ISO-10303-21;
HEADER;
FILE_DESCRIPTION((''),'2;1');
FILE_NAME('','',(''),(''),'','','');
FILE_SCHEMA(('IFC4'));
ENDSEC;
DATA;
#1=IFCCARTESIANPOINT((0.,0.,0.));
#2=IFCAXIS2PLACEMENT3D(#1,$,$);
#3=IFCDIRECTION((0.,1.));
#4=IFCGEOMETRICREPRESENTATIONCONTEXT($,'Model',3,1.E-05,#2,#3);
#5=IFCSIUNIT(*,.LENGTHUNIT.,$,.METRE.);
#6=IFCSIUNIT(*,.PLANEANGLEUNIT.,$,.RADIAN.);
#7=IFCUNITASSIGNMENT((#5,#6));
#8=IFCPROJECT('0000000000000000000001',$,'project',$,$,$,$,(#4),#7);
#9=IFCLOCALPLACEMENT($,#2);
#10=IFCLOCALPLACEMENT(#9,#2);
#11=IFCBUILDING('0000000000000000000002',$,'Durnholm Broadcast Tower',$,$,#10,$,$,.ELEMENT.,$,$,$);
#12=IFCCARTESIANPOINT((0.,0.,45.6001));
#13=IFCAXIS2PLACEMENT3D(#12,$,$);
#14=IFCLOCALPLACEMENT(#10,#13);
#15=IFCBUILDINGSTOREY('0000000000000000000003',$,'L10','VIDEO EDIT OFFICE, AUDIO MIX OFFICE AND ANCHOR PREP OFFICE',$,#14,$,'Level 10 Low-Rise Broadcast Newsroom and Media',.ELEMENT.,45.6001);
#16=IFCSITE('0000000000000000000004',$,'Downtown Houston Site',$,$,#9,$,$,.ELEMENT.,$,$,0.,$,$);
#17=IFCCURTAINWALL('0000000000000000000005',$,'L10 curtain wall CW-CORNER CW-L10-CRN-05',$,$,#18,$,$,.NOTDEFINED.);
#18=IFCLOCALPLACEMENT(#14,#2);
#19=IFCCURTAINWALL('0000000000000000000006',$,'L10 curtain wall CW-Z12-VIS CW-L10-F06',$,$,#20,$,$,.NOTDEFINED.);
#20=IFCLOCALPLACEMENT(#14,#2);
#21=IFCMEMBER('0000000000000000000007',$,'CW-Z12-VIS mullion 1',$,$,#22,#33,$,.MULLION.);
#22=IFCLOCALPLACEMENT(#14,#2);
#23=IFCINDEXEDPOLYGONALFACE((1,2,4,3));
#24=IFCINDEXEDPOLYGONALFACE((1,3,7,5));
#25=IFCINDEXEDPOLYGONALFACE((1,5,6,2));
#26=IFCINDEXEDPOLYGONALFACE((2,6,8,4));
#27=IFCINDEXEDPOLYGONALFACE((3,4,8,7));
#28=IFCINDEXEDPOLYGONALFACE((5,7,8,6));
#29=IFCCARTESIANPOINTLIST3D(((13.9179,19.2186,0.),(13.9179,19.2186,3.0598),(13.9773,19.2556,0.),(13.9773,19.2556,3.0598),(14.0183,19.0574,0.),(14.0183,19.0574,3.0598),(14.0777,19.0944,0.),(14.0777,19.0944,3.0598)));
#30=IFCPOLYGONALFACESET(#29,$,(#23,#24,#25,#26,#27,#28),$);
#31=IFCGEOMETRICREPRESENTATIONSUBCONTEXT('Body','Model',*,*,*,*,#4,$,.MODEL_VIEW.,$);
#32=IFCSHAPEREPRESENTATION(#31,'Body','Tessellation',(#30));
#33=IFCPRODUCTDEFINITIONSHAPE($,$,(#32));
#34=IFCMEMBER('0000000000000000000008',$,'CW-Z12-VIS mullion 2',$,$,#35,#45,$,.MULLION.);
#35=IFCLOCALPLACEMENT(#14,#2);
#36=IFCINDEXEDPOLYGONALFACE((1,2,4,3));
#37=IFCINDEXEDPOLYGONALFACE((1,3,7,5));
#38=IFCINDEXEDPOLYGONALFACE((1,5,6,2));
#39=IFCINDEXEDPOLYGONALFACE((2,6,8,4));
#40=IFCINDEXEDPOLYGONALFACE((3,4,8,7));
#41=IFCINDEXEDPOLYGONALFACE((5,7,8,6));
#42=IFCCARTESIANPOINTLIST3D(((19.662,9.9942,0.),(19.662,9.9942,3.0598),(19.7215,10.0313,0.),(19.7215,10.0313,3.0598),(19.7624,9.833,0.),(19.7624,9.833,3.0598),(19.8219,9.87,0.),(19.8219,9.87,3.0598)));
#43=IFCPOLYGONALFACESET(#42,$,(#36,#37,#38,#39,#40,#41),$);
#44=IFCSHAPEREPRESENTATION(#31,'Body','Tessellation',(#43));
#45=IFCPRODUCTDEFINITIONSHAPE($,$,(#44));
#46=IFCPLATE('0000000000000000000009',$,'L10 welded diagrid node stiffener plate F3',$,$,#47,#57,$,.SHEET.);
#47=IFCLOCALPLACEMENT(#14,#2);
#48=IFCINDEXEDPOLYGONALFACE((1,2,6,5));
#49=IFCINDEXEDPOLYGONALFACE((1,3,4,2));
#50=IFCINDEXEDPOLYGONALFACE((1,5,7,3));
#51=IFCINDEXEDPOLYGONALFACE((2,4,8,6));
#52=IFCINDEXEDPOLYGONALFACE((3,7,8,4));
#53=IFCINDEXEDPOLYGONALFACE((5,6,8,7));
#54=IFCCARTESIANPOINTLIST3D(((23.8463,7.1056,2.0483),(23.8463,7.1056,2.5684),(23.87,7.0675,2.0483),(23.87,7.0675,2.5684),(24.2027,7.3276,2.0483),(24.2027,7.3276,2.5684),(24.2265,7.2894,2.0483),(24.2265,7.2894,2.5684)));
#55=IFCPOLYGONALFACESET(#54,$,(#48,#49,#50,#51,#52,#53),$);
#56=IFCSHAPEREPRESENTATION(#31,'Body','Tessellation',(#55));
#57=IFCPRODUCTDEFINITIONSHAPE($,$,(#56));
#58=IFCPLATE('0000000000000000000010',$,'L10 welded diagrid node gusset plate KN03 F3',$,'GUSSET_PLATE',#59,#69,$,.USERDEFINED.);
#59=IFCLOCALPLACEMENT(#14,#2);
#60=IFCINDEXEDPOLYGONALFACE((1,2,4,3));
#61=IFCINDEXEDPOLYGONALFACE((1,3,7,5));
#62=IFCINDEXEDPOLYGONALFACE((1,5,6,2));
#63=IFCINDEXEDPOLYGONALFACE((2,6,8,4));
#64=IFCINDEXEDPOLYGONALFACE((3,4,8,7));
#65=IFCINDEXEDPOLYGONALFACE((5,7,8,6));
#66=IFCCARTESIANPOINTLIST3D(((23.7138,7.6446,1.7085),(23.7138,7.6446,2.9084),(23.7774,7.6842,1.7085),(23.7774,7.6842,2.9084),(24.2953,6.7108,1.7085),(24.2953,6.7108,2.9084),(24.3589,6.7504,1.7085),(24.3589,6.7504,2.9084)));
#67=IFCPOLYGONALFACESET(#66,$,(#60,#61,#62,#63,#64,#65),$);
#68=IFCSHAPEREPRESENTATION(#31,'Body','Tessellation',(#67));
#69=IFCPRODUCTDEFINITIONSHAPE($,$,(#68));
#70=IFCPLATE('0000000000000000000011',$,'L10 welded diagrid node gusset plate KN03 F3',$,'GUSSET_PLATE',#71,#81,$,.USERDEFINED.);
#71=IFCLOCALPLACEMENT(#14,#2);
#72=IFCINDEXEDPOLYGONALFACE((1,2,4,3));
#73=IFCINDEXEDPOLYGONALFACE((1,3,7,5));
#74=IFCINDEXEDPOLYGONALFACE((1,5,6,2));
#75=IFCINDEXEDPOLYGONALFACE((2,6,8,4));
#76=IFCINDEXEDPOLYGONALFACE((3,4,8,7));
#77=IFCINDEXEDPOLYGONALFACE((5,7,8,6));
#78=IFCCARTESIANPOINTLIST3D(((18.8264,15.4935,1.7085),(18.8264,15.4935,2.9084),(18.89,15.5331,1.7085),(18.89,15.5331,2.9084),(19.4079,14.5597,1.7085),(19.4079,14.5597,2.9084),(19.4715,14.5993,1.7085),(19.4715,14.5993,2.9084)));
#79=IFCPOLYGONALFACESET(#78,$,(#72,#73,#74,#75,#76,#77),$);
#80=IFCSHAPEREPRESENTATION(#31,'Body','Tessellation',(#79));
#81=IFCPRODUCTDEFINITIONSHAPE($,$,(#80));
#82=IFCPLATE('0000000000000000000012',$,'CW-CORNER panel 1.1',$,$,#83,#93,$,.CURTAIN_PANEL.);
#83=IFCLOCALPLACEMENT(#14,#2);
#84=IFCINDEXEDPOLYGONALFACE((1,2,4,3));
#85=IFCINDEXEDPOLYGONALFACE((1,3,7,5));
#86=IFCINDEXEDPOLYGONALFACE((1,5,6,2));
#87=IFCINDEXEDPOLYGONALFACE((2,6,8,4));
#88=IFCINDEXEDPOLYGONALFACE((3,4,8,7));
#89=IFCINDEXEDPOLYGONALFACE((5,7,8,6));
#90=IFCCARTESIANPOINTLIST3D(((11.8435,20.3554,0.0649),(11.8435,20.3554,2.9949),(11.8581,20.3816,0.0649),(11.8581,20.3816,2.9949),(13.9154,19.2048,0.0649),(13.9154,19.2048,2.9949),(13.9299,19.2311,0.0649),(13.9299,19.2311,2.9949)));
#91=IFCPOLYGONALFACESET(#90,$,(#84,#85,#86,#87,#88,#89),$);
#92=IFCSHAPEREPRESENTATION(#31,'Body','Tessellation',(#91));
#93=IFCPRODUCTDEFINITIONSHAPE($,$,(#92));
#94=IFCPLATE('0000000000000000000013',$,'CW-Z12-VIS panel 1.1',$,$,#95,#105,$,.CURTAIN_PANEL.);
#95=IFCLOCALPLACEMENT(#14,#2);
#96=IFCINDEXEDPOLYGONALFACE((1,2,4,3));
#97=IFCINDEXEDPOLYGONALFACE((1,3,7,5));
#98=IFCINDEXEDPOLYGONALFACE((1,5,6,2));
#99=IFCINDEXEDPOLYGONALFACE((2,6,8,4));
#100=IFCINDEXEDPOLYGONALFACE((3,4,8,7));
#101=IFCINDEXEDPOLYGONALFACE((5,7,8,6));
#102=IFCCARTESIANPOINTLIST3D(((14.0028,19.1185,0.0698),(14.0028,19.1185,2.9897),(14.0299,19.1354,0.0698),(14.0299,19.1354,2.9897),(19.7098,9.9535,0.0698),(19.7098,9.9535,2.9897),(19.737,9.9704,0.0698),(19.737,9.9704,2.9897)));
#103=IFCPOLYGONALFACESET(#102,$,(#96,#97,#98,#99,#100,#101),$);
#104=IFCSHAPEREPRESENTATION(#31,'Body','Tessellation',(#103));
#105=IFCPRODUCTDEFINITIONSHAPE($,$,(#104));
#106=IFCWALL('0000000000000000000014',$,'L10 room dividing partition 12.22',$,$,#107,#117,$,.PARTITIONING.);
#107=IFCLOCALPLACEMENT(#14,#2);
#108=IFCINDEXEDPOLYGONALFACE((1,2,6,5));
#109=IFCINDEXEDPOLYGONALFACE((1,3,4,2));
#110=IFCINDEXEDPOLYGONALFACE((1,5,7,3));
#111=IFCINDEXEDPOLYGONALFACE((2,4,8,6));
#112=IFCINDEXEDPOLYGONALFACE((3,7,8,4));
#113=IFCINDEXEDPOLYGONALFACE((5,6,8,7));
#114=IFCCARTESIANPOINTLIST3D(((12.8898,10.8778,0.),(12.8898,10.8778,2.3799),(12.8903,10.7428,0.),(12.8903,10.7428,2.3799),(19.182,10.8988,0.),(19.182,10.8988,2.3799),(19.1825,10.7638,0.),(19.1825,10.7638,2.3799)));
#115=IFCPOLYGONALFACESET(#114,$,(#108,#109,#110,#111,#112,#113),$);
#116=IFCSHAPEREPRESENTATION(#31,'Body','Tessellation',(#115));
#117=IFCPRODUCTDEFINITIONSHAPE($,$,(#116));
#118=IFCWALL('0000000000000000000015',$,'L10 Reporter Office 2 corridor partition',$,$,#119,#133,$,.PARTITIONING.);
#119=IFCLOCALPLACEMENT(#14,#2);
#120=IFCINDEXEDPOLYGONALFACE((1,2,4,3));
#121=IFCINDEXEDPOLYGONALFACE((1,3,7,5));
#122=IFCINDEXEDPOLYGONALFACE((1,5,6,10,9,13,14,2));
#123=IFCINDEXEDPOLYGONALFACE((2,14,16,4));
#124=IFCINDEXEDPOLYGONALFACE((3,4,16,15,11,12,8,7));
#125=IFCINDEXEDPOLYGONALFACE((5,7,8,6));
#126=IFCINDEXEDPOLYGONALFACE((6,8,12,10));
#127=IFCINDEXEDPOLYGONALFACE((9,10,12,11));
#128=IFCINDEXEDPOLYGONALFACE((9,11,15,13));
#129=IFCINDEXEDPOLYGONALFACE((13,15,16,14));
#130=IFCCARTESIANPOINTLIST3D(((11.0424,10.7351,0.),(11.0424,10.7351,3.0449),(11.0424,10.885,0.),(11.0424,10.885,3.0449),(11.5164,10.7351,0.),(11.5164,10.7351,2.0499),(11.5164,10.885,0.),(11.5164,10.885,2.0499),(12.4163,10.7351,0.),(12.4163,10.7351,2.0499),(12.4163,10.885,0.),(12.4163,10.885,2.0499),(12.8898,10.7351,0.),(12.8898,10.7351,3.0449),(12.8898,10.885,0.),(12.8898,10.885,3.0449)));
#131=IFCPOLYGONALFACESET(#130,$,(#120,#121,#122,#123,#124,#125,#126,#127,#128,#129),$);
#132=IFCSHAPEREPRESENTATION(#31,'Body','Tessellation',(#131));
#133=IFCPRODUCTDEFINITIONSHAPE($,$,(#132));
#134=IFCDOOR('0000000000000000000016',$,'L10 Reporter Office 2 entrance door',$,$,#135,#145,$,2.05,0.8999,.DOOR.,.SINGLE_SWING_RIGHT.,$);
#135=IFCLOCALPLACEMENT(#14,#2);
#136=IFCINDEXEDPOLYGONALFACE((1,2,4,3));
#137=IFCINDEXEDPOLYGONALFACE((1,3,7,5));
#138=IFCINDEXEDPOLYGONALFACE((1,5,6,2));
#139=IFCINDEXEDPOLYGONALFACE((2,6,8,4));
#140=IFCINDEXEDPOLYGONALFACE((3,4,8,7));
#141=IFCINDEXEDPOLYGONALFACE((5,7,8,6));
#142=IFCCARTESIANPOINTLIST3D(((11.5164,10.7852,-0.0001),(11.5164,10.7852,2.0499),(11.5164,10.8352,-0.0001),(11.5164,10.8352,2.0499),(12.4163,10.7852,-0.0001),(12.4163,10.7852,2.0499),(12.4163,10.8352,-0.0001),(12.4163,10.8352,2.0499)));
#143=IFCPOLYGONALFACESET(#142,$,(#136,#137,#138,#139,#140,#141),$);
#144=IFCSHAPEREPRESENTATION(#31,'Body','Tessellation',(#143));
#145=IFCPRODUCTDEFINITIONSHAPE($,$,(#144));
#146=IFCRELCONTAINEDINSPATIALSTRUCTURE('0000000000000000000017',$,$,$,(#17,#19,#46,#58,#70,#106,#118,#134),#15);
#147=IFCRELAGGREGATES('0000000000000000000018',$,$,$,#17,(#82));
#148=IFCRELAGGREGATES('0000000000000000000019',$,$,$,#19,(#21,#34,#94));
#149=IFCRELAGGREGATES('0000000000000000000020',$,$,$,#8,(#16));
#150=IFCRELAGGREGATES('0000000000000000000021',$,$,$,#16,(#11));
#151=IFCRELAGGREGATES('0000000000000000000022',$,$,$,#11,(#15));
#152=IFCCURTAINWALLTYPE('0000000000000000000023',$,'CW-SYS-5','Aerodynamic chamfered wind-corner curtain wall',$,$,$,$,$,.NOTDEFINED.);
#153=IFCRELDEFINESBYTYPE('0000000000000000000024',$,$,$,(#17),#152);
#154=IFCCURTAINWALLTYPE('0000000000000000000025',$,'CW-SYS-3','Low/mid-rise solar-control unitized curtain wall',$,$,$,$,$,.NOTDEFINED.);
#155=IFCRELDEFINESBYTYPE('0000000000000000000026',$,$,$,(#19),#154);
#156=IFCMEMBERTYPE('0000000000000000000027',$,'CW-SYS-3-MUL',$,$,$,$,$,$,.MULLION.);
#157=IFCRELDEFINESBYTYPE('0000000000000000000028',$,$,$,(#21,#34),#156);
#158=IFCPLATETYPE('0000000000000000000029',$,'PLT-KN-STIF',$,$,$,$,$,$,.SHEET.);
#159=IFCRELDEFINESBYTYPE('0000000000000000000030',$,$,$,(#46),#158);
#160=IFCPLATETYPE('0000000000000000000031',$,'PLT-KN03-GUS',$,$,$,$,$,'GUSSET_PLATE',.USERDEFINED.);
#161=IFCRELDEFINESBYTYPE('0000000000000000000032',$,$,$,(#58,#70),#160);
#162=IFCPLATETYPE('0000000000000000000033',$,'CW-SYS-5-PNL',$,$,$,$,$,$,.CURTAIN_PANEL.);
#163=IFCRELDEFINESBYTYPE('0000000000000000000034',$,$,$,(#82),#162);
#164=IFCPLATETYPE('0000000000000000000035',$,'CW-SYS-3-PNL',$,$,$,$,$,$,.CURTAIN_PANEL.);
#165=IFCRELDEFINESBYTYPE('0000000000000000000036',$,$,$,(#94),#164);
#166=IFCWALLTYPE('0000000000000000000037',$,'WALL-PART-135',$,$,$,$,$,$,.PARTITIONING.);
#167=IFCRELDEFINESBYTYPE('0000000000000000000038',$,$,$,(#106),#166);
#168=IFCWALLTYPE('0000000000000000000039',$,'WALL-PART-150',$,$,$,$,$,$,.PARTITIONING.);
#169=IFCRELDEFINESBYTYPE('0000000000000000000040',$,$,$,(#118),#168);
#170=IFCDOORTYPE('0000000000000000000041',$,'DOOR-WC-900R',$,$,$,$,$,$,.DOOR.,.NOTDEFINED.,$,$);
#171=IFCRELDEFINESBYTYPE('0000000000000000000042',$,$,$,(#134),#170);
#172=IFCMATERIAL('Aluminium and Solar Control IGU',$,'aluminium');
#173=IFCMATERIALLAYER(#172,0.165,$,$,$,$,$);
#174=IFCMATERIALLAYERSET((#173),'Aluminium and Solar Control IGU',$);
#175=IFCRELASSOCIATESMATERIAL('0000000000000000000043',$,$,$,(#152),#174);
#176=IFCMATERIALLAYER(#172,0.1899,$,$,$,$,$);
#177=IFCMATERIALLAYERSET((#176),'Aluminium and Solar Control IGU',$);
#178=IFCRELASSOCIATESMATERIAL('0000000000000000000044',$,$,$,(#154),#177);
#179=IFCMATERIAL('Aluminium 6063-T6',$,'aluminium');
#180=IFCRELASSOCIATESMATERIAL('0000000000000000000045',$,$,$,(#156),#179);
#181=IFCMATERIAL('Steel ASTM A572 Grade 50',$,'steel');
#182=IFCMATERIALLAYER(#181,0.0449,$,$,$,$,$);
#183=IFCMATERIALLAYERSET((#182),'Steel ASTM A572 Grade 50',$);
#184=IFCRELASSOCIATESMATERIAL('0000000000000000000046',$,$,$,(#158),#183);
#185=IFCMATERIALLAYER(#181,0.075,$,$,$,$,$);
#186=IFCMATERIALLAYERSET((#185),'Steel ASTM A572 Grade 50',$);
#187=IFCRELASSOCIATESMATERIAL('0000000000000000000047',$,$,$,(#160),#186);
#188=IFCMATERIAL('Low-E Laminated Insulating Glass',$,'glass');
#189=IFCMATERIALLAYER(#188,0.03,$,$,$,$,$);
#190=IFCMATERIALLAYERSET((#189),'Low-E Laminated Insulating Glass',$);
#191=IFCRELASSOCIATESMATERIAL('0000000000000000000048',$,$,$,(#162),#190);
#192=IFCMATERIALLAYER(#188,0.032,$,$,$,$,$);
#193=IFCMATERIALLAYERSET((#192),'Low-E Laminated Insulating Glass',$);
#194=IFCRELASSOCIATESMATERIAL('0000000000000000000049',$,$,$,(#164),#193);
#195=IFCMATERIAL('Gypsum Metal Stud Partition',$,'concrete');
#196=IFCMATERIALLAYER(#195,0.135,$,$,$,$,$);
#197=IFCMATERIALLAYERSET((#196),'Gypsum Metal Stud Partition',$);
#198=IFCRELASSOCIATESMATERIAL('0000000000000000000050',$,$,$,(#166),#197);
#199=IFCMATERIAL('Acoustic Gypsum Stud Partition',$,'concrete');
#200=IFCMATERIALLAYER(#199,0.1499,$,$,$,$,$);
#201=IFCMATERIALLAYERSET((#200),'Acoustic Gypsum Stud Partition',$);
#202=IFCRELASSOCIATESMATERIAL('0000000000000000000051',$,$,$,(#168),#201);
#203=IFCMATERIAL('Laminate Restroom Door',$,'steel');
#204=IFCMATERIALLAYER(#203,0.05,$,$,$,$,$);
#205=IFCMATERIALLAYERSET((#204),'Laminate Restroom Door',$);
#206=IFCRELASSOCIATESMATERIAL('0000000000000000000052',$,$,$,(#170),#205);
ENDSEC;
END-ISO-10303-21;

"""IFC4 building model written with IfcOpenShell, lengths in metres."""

from ifc_helpers import new_model, si_unit, direction, frame, frame_2d, origin, origin_2d, place, context, subcontext, project, spatial, rectangle, extrude, source, transform, mapped, material, layer, layer_set, material_profile, profile_set, type_object, type_shapes, element, fill, aggregate, save


model = new_model("IFC4")

# Units and contexts
model_context = context("Model", 3, precision=1e-05, world=origin(), true_north=direction((0.0, 1.0)))
body_context = subcontext(model_context, "Body", "Model", "MODEL_VIEW")
ifc_project = project(units=[si_unit("LENGTHUNIT", "METRE"), si_unit("PLANEANGLEUNIT", "RADIAN")], contexts=[model_context])

# Site, building, storey
site_placement = place(None, origin())
site = spatial("IfcSite", under=ifc_project, at=site_placement, Name="Downtown Houston Site", CompositionType="ELEMENT", RefElevation=0.0)
building_placement = place(site_placement, origin())
building = spatial("IfcBuilding", under=site, at=building_placement, Name="Durnholm Broadcast Tower", CompositionType="ELEMENT")
storey_placement = place(building_placement, frame((0.0, 0.0, 45.6001)))
storey = spatial("IfcBuildingStorey", under=building, at=storey_placement, Name="L10", Description="VIDEO EDIT OFFICE, AUDIO MIX OFFICE AND ANCHOR PREP OFFICE", LongName="Level 10 Low-Rise Broadcast Newsroom and Media", CompositionType="ELEMENT", Elevation=45.6001)

# Curtain wall
ifc_material_1 = material(Name="Aluminium and Solar Control IGU", Category="aluminium")
ifc_layer_1 = layer(ifc_material_1, 0.165)
ifc_layer_set_1 = layer_set([ifc_layer_1], Name="Aluminium and Solar Control IGU")
curtain_wall_type_1 = type_object("IfcCurtainWallType", Name="CW-SYS-5", Description="Aerodynamic chamfered wind-corner curtain wall", PredefinedType="NOTDEFINED", material=ifc_layer_set_1)
curtain_wall_1_placement = place(storey_placement, origin())
curtain_wall_1 = element("IfcCurtainWall", 1, at=curtain_wall_1_placement, inside=storey, type_object=curtain_wall_type_1, Name="L10 curtain wall CW-CORNER CW-L10-CRN-05", PredefinedType="NOTDEFINED")
ifc_material_2 = material(Name="Aluminium 6063-T6", Category="aluminium")

# Curtain wall
ifc_layer_2 = layer(ifc_material_1, 0.1899)
ifc_layer_set_2 = layer_set([ifc_layer_2], Name="Aluminium and Solar Control IGU")
curtain_wall_type_2 = type_object("IfcCurtainWallType", Name="CW-SYS-3", Description="Low/mid-rise solar-control unitized curtain wall", PredefinedType="NOTDEFINED", material=ifc_layer_set_2)
curtain_wall_2_placement = place(storey_placement, origin())
curtain_wall_2 = element("IfcCurtainWall", 2, at=curtain_wall_2_placement, inside=storey, type_object=curtain_wall_type_2, Name="L10 curtain wall CW-Z12-VIS CW-L10-F06", PredefinedType="NOTDEFINED")

# Members
ifc_material_profile_1 = material_profile(ifc_material_2, rectangle(XDim=0.0701, YDim=0.1899, at=origin_2d()), Name="CWM70X190")
ifc_profile_set_1 = profile_set([ifc_material_profile_1], Name="Aluminium 6063-T6")
member_type_1 = type_object("IfcMemberType", Name="CW-SYS-3-MUL", PredefinedType="MULLION", material=ifc_profile_set_1)
shared_shape_1 = source(origin(), body_context, "Body", "SweptSolid", [
    extrude(rectangle(XDim=0.0701, YDim=0.1899, at=origin_2d()), origin(), (0.0, 0.0, 1.0), 3.0598),
])
type_shapes(member_type_1, [shared_shape_1])
member_1_placement = place(storey_placement, frame((13.9978, 19.1565, 0.0), z_axis=(0.0, 0.0, 1.0), x_axis=(0.848876, 0.528592, 0.0)))
member_1 = element("IfcMember", 3, at=member_1_placement, type_object=member_type_1, Name="CW-Z12-VIS mullion 1", PredefinedType="MULLION", context=body_context, shape_type="MappedRepresentation", body=[
    mapped(shared_shape_1, transform((0.0, 0.0, 0.0), x_axis=(1.0, 0.0, 0.0), y_axis=(0.0, 1.0, 0.0), z_axis=(0.0, 0.0, 1.0), scale=1.0)),
])
member_2_placement = place(storey_placement, frame((19.7419, 9.9321, 0.0), z_axis=(0.0, 0.0, 1.0), x_axis=(0.848876, 0.528592, 0.0)))
member_2 = element("IfcMember", 4, at=member_2_placement, type_object=member_type_1, Name="CW-Z12-VIS mullion 2", PredefinedType="MULLION", context=body_context, shape_type="MappedRepresentation", body=[
    mapped(shared_shape_1, transform((0.0, 0.0, 0.0), x_axis=(1.0, 0.0, 0.0), y_axis=(0.0, 1.0, 0.0), z_axis=(0.0, 0.0, 1.0), scale=1.0)),
])

# Plates
ifc_material_3 = material(Name="Steel ASTM A572 Grade 50", Category="steel")
ifc_layer_3 = layer(ifc_material_3, 0.0449)
ifc_layer_set_3 = layer_set([ifc_layer_3], Name="Steel ASTM A572 Grade 50")
plate_type_1 = type_object("IfcPlateType", Name="PLT-KN-STIF", PredefinedType="SHEET", material=ifc_layer_set_3)
shared_shape_2 = source(origin(), body_context, "Body", "SweptSolid", [
    extrude(rectangle(XDim=0.0449, YDim=0.4199, at=origin_2d()), origin(), (0.0, 0.0, 1.0), 0.52),
])
type_shapes(plate_type_1, [shared_shape_2])
plate_1_placement = place(storey_placement, frame((24.0364, 7.1975, 2.0483), z_axis=(0.0, 0.0, 1.0), x_axis=(-0.528587, 0.848879, 0.0)))
element("IfcPlate", 5, at=plate_1_placement, inside=storey, type_object=plate_type_1, Name="L10 welded diagrid node stiffener plate F3", PredefinedType="SHEET", context=body_context, shape_type="MappedRepresentation", body=[
    mapped(shared_shape_2, transform((0.0, 0.0, 0.0), x_axis=(1.0, 0.0, 0.0), y_axis=(0.0, 1.0, 0.0), z_axis=(0.0, 0.0, 1.0), scale=1.0)),
])
ifc_layer_4 = layer(ifc_material_3, 0.075)
ifc_layer_set_4 = layer_set([ifc_layer_4], Name="Steel ASTM A572 Grade 50")
plate_type_2 = type_object("IfcPlateType", Name="PLT-KN03-GUS", ElementType="GUSSET_PLATE", PredefinedType="USERDEFINED", material=ifc_layer_set_4)
shared_shape_3 = source(origin(), body_context, "Body", "SweptSolid", [
    extrude(rectangle(XDim=1.1001, YDim=0.075, at=origin_2d()), origin(), (0.0, 0.0, 1.0), 1.2),
])
type_shapes(plate_type_2, [shared_shape_3])
for number, where, z_axis, x_axis, name in (
    (6, (24.0364, 7.1975, 1.7085), (0.0, 0.0, 1.0), (-0.528587, 0.848879, 0.0), "L10 welded diagrid node gusset plate KN03 F3"),
    (7, (19.1489, 15.0464, 1.7085), (0.0, 0.0, 1.0), (-0.528587, 0.848879, 0.0), "L10 welded diagrid node gusset plate KN03 F3"),
):
    element("IfcPlate", number, at=place(storey_placement, frame(where, z_axis=z_axis, x_axis=x_axis)), inside=storey, type_object=plate_type_2, Name=name, ObjectType="GUSSET_PLATE", PredefinedType="USERDEFINED", context=body_context, shape_type="MappedRepresentation", body=[
        mapped(shared_shape_3, transform((0.0, 0.0, 0.0), x_axis=(1.0, 0.0, 0.0), y_axis=(0.0, 1.0, 0.0), z_axis=(0.0, 0.0, 1.0), scale=1.0)),
    ])

# Plates
ifc_material_4 = material(Name="Low-E Laminated Insulating Glass", Category="glass")
ifc_layer_5 = layer(ifc_material_4, 0.03)
ifc_layer_set_5 = layer_set([ifc_layer_5], Name="Low-E Laminated Insulating Glass")
plate_type_3 = type_object("IfcPlateType", Name="CW-SYS-5-PNL", PredefinedType="CURTAIN_PANEL", material=ifc_layer_set_5)
shared_shape_4 = source(origin(), body_context, "Body", "SweptSolid", [
    extrude(rectangle(XDim=2.3699, YDim=0.03, at=origin_2d()), origin(), (0.0, 0.0, 1.0), 2.9299),
])
type_shapes(plate_type_3, [shared_shape_4])
plate_2_placement = place(storey_placement, frame((12.8867, 19.7932, 0.0649), z_axis=(0.0, 0.0, 1.0), x_axis=(0.874246, -0.485483, 0.0)))
plate_2 = element("IfcPlate", 8, at=plate_2_placement, type_object=plate_type_3, Name="CW-CORNER panel 1.1", PredefinedType="CURTAIN_PANEL", context=body_context, shape_type="MappedRepresentation", body=[
    mapped(shared_shape_4, transform((0.0, 0.0, 0.0), x_axis=(1.0, 0.0, 0.0), y_axis=(0.0, 1.0, 0.0), z_axis=(0.0, 0.0, 1.0), scale=1.0)),
])
aggregate(curtain_wall_1, [plate_2])
ifc_layer_6 = layer(ifc_material_4, 0.032)
ifc_layer_set_6 = layer_set([ifc_layer_6], Name="Low-E Laminated Insulating Glass")
plate_type_4 = type_object("IfcPlateType", Name="CW-SYS-3-PNL", PredefinedType="CURTAIN_PANEL", material=ifc_layer_set_6)
shared_shape_5 = source(origin(), body_context, "Body", "SweptSolid", [
    extrude(rectangle(XDim=10.7966, YDim=0.032, at=origin_2d()), origin(), (0.0, 0.0, 1.0), 2.9199),
])
type_shapes(plate_type_4, [shared_shape_5])
plate_3_placement = place(storey_placement, frame((16.8699, 14.5444, 0.0698), z_axis=(0.0, 0.0, 1.0), x_axis=(0.528592, -0.848876, 0.0)))
plate_3 = element("IfcPlate", 9, at=plate_3_placement, type_object=plate_type_4, Name="CW-Z12-VIS panel 1.1", PredefinedType="CURTAIN_PANEL", context=body_context, shape_type="MappedRepresentation", body=[
    mapped(shared_shape_5, transform((0.0, 0.0, 0.0), x_axis=(1.0, 0.0, 0.0), y_axis=(0.0, 1.0, 0.0), z_axis=(0.0, 0.0, 1.0), scale=1.0)),
])
aggregate(curtain_wall_2, [member_1, member_2, plate_3])

# Wall
ifc_material_5 = material(Name="Gypsum Metal Stud Partition", Category="concrete")
ifc_layer_7 = layer(ifc_material_5, 0.135)
ifc_layer_set_7 = layer_set([ifc_layer_7], Name="Gypsum Metal Stud Partition")
wall_type_1 = type_object("IfcWallType", Name="WALL-PART-135", PredefinedType="PARTITIONING", material=ifc_layer_set_7)
wall_1_placement = place(storey_placement, frame((19.1821, 10.8313, 0.0), z_axis=(0.0, 0.0, 1.0), x_axis=(-0.999994, -0.003337, 0.0)))
element("IfcWall", 10, at=wall_1_placement, inside=storey, type_object=wall_type_1, Name="L10 room dividing partition 12.22", PredefinedType="PARTITIONING", context=body_context, shape_type="SweptSolid", body=[
    extrude(rectangle(XDim=6.2922, YDim=0.135, at=frame_2d((3.146, 0.0))), origin(), (0.0, 0.0, 1.0), 2.3799),
])

# Wall, opening, door
ifc_material_6 = material(Name="Acoustic Gypsum Stud Partition", Category="concrete")
ifc_layer_8 = layer(ifc_material_6, 0.1499)
ifc_layer_set_8 = layer_set([ifc_layer_8], Name="Acoustic Gypsum Stud Partition")
wall_type_2 = type_object("IfcWallType", Name="WALL-PART-150", PredefinedType="PARTITIONING", material=ifc_layer_set_8)
wall_2_placement = place(storey_placement, frame((12.8899, 10.8101, 0.0), z_axis=(0.0, 0.0, 1.0), x_axis=(-1.0, 0.0, 0.0)))
wall_2 = element("IfcWall", 11, at=wall_2_placement, inside=storey, type_object=wall_type_2, Name="L10 Reporter Office 2 corridor partition", PredefinedType="PARTITIONING", context=body_context, shape_type="SweptSolid", body=[
    extrude(rectangle(XDim=1.8474, YDim=0.1499, at=frame_2d((0.9238, 0.0))), origin(), (0.0, 0.0, 1.0), 3.0449),
])
opening_placement = place(wall_2_placement, frame((0.4736, 0.0, 0.0)))
opening = element("IfcOpeningElement", 12, at=opening_placement, cuts=wall_2, PredefinedType="OPENING", context=body_context, shape_type="SweptSolid", body=[
    extrude(rectangle(XDim=0.8999, YDim=2.05, at=frame_2d((0.45, 1.0249))), frame((0.0, 0.085, 0.0), z_axis=(0.0, -1.0, 0.0), x_axis=(1.0, 0.0, 0.0)), (0.0, 0.0, 1.0), 0.1699),
])
ifc_material_7 = material(Name="Laminate Restroom Door", Category="steel")
ifc_layer_9 = layer(ifc_material_7, 0.05)
ifc_layer_set_9 = layer_set([ifc_layer_9], Name="Laminate Restroom Door")
door_type = type_object("IfcDoorType", Name="DOOR-WC-900R", OperationType="NOTDEFINED", PredefinedType="DOOR", material=ifc_layer_set_9)
shared_shape_6 = source(origin(), body_context, "Body", "SweptSolid", [
    extrude(rectangle(XDim=0.8999, YDim=2.05, at=frame_2d((0.45, 1.0249))), frame((0.0, 0.0249, 0.0), z_axis=(0.0, -1.0, 0.0), x_axis=(1.0, 0.0, 0.0)), (0.0, 0.0, 1.0), 0.05),
])
type_shapes(door_type, [shared_shape_6])
door_placement = place(opening_placement, origin())
door = element("IfcDoor", 13, at=door_placement, inside=storey, type_object=door_type, Name="L10 Reporter Office 2 entrance door", OperationType="SINGLE_SWING_RIGHT", OverallHeight=2.05, OverallWidth=0.8999, PredefinedType="DOOR", context=body_context, shape_type="MappedRepresentation", body=[
    mapped(shared_shape_6, transform((0.0, 0.0, 0.0), x_axis=(1.0, 0.0, 0.0), y_axis=(0.0, 1.0, 0.0), z_axis=(0.0, 0.0, 1.0), scale=1.0)),
])
fill(opening, door)

save(model, "model.ifc")
